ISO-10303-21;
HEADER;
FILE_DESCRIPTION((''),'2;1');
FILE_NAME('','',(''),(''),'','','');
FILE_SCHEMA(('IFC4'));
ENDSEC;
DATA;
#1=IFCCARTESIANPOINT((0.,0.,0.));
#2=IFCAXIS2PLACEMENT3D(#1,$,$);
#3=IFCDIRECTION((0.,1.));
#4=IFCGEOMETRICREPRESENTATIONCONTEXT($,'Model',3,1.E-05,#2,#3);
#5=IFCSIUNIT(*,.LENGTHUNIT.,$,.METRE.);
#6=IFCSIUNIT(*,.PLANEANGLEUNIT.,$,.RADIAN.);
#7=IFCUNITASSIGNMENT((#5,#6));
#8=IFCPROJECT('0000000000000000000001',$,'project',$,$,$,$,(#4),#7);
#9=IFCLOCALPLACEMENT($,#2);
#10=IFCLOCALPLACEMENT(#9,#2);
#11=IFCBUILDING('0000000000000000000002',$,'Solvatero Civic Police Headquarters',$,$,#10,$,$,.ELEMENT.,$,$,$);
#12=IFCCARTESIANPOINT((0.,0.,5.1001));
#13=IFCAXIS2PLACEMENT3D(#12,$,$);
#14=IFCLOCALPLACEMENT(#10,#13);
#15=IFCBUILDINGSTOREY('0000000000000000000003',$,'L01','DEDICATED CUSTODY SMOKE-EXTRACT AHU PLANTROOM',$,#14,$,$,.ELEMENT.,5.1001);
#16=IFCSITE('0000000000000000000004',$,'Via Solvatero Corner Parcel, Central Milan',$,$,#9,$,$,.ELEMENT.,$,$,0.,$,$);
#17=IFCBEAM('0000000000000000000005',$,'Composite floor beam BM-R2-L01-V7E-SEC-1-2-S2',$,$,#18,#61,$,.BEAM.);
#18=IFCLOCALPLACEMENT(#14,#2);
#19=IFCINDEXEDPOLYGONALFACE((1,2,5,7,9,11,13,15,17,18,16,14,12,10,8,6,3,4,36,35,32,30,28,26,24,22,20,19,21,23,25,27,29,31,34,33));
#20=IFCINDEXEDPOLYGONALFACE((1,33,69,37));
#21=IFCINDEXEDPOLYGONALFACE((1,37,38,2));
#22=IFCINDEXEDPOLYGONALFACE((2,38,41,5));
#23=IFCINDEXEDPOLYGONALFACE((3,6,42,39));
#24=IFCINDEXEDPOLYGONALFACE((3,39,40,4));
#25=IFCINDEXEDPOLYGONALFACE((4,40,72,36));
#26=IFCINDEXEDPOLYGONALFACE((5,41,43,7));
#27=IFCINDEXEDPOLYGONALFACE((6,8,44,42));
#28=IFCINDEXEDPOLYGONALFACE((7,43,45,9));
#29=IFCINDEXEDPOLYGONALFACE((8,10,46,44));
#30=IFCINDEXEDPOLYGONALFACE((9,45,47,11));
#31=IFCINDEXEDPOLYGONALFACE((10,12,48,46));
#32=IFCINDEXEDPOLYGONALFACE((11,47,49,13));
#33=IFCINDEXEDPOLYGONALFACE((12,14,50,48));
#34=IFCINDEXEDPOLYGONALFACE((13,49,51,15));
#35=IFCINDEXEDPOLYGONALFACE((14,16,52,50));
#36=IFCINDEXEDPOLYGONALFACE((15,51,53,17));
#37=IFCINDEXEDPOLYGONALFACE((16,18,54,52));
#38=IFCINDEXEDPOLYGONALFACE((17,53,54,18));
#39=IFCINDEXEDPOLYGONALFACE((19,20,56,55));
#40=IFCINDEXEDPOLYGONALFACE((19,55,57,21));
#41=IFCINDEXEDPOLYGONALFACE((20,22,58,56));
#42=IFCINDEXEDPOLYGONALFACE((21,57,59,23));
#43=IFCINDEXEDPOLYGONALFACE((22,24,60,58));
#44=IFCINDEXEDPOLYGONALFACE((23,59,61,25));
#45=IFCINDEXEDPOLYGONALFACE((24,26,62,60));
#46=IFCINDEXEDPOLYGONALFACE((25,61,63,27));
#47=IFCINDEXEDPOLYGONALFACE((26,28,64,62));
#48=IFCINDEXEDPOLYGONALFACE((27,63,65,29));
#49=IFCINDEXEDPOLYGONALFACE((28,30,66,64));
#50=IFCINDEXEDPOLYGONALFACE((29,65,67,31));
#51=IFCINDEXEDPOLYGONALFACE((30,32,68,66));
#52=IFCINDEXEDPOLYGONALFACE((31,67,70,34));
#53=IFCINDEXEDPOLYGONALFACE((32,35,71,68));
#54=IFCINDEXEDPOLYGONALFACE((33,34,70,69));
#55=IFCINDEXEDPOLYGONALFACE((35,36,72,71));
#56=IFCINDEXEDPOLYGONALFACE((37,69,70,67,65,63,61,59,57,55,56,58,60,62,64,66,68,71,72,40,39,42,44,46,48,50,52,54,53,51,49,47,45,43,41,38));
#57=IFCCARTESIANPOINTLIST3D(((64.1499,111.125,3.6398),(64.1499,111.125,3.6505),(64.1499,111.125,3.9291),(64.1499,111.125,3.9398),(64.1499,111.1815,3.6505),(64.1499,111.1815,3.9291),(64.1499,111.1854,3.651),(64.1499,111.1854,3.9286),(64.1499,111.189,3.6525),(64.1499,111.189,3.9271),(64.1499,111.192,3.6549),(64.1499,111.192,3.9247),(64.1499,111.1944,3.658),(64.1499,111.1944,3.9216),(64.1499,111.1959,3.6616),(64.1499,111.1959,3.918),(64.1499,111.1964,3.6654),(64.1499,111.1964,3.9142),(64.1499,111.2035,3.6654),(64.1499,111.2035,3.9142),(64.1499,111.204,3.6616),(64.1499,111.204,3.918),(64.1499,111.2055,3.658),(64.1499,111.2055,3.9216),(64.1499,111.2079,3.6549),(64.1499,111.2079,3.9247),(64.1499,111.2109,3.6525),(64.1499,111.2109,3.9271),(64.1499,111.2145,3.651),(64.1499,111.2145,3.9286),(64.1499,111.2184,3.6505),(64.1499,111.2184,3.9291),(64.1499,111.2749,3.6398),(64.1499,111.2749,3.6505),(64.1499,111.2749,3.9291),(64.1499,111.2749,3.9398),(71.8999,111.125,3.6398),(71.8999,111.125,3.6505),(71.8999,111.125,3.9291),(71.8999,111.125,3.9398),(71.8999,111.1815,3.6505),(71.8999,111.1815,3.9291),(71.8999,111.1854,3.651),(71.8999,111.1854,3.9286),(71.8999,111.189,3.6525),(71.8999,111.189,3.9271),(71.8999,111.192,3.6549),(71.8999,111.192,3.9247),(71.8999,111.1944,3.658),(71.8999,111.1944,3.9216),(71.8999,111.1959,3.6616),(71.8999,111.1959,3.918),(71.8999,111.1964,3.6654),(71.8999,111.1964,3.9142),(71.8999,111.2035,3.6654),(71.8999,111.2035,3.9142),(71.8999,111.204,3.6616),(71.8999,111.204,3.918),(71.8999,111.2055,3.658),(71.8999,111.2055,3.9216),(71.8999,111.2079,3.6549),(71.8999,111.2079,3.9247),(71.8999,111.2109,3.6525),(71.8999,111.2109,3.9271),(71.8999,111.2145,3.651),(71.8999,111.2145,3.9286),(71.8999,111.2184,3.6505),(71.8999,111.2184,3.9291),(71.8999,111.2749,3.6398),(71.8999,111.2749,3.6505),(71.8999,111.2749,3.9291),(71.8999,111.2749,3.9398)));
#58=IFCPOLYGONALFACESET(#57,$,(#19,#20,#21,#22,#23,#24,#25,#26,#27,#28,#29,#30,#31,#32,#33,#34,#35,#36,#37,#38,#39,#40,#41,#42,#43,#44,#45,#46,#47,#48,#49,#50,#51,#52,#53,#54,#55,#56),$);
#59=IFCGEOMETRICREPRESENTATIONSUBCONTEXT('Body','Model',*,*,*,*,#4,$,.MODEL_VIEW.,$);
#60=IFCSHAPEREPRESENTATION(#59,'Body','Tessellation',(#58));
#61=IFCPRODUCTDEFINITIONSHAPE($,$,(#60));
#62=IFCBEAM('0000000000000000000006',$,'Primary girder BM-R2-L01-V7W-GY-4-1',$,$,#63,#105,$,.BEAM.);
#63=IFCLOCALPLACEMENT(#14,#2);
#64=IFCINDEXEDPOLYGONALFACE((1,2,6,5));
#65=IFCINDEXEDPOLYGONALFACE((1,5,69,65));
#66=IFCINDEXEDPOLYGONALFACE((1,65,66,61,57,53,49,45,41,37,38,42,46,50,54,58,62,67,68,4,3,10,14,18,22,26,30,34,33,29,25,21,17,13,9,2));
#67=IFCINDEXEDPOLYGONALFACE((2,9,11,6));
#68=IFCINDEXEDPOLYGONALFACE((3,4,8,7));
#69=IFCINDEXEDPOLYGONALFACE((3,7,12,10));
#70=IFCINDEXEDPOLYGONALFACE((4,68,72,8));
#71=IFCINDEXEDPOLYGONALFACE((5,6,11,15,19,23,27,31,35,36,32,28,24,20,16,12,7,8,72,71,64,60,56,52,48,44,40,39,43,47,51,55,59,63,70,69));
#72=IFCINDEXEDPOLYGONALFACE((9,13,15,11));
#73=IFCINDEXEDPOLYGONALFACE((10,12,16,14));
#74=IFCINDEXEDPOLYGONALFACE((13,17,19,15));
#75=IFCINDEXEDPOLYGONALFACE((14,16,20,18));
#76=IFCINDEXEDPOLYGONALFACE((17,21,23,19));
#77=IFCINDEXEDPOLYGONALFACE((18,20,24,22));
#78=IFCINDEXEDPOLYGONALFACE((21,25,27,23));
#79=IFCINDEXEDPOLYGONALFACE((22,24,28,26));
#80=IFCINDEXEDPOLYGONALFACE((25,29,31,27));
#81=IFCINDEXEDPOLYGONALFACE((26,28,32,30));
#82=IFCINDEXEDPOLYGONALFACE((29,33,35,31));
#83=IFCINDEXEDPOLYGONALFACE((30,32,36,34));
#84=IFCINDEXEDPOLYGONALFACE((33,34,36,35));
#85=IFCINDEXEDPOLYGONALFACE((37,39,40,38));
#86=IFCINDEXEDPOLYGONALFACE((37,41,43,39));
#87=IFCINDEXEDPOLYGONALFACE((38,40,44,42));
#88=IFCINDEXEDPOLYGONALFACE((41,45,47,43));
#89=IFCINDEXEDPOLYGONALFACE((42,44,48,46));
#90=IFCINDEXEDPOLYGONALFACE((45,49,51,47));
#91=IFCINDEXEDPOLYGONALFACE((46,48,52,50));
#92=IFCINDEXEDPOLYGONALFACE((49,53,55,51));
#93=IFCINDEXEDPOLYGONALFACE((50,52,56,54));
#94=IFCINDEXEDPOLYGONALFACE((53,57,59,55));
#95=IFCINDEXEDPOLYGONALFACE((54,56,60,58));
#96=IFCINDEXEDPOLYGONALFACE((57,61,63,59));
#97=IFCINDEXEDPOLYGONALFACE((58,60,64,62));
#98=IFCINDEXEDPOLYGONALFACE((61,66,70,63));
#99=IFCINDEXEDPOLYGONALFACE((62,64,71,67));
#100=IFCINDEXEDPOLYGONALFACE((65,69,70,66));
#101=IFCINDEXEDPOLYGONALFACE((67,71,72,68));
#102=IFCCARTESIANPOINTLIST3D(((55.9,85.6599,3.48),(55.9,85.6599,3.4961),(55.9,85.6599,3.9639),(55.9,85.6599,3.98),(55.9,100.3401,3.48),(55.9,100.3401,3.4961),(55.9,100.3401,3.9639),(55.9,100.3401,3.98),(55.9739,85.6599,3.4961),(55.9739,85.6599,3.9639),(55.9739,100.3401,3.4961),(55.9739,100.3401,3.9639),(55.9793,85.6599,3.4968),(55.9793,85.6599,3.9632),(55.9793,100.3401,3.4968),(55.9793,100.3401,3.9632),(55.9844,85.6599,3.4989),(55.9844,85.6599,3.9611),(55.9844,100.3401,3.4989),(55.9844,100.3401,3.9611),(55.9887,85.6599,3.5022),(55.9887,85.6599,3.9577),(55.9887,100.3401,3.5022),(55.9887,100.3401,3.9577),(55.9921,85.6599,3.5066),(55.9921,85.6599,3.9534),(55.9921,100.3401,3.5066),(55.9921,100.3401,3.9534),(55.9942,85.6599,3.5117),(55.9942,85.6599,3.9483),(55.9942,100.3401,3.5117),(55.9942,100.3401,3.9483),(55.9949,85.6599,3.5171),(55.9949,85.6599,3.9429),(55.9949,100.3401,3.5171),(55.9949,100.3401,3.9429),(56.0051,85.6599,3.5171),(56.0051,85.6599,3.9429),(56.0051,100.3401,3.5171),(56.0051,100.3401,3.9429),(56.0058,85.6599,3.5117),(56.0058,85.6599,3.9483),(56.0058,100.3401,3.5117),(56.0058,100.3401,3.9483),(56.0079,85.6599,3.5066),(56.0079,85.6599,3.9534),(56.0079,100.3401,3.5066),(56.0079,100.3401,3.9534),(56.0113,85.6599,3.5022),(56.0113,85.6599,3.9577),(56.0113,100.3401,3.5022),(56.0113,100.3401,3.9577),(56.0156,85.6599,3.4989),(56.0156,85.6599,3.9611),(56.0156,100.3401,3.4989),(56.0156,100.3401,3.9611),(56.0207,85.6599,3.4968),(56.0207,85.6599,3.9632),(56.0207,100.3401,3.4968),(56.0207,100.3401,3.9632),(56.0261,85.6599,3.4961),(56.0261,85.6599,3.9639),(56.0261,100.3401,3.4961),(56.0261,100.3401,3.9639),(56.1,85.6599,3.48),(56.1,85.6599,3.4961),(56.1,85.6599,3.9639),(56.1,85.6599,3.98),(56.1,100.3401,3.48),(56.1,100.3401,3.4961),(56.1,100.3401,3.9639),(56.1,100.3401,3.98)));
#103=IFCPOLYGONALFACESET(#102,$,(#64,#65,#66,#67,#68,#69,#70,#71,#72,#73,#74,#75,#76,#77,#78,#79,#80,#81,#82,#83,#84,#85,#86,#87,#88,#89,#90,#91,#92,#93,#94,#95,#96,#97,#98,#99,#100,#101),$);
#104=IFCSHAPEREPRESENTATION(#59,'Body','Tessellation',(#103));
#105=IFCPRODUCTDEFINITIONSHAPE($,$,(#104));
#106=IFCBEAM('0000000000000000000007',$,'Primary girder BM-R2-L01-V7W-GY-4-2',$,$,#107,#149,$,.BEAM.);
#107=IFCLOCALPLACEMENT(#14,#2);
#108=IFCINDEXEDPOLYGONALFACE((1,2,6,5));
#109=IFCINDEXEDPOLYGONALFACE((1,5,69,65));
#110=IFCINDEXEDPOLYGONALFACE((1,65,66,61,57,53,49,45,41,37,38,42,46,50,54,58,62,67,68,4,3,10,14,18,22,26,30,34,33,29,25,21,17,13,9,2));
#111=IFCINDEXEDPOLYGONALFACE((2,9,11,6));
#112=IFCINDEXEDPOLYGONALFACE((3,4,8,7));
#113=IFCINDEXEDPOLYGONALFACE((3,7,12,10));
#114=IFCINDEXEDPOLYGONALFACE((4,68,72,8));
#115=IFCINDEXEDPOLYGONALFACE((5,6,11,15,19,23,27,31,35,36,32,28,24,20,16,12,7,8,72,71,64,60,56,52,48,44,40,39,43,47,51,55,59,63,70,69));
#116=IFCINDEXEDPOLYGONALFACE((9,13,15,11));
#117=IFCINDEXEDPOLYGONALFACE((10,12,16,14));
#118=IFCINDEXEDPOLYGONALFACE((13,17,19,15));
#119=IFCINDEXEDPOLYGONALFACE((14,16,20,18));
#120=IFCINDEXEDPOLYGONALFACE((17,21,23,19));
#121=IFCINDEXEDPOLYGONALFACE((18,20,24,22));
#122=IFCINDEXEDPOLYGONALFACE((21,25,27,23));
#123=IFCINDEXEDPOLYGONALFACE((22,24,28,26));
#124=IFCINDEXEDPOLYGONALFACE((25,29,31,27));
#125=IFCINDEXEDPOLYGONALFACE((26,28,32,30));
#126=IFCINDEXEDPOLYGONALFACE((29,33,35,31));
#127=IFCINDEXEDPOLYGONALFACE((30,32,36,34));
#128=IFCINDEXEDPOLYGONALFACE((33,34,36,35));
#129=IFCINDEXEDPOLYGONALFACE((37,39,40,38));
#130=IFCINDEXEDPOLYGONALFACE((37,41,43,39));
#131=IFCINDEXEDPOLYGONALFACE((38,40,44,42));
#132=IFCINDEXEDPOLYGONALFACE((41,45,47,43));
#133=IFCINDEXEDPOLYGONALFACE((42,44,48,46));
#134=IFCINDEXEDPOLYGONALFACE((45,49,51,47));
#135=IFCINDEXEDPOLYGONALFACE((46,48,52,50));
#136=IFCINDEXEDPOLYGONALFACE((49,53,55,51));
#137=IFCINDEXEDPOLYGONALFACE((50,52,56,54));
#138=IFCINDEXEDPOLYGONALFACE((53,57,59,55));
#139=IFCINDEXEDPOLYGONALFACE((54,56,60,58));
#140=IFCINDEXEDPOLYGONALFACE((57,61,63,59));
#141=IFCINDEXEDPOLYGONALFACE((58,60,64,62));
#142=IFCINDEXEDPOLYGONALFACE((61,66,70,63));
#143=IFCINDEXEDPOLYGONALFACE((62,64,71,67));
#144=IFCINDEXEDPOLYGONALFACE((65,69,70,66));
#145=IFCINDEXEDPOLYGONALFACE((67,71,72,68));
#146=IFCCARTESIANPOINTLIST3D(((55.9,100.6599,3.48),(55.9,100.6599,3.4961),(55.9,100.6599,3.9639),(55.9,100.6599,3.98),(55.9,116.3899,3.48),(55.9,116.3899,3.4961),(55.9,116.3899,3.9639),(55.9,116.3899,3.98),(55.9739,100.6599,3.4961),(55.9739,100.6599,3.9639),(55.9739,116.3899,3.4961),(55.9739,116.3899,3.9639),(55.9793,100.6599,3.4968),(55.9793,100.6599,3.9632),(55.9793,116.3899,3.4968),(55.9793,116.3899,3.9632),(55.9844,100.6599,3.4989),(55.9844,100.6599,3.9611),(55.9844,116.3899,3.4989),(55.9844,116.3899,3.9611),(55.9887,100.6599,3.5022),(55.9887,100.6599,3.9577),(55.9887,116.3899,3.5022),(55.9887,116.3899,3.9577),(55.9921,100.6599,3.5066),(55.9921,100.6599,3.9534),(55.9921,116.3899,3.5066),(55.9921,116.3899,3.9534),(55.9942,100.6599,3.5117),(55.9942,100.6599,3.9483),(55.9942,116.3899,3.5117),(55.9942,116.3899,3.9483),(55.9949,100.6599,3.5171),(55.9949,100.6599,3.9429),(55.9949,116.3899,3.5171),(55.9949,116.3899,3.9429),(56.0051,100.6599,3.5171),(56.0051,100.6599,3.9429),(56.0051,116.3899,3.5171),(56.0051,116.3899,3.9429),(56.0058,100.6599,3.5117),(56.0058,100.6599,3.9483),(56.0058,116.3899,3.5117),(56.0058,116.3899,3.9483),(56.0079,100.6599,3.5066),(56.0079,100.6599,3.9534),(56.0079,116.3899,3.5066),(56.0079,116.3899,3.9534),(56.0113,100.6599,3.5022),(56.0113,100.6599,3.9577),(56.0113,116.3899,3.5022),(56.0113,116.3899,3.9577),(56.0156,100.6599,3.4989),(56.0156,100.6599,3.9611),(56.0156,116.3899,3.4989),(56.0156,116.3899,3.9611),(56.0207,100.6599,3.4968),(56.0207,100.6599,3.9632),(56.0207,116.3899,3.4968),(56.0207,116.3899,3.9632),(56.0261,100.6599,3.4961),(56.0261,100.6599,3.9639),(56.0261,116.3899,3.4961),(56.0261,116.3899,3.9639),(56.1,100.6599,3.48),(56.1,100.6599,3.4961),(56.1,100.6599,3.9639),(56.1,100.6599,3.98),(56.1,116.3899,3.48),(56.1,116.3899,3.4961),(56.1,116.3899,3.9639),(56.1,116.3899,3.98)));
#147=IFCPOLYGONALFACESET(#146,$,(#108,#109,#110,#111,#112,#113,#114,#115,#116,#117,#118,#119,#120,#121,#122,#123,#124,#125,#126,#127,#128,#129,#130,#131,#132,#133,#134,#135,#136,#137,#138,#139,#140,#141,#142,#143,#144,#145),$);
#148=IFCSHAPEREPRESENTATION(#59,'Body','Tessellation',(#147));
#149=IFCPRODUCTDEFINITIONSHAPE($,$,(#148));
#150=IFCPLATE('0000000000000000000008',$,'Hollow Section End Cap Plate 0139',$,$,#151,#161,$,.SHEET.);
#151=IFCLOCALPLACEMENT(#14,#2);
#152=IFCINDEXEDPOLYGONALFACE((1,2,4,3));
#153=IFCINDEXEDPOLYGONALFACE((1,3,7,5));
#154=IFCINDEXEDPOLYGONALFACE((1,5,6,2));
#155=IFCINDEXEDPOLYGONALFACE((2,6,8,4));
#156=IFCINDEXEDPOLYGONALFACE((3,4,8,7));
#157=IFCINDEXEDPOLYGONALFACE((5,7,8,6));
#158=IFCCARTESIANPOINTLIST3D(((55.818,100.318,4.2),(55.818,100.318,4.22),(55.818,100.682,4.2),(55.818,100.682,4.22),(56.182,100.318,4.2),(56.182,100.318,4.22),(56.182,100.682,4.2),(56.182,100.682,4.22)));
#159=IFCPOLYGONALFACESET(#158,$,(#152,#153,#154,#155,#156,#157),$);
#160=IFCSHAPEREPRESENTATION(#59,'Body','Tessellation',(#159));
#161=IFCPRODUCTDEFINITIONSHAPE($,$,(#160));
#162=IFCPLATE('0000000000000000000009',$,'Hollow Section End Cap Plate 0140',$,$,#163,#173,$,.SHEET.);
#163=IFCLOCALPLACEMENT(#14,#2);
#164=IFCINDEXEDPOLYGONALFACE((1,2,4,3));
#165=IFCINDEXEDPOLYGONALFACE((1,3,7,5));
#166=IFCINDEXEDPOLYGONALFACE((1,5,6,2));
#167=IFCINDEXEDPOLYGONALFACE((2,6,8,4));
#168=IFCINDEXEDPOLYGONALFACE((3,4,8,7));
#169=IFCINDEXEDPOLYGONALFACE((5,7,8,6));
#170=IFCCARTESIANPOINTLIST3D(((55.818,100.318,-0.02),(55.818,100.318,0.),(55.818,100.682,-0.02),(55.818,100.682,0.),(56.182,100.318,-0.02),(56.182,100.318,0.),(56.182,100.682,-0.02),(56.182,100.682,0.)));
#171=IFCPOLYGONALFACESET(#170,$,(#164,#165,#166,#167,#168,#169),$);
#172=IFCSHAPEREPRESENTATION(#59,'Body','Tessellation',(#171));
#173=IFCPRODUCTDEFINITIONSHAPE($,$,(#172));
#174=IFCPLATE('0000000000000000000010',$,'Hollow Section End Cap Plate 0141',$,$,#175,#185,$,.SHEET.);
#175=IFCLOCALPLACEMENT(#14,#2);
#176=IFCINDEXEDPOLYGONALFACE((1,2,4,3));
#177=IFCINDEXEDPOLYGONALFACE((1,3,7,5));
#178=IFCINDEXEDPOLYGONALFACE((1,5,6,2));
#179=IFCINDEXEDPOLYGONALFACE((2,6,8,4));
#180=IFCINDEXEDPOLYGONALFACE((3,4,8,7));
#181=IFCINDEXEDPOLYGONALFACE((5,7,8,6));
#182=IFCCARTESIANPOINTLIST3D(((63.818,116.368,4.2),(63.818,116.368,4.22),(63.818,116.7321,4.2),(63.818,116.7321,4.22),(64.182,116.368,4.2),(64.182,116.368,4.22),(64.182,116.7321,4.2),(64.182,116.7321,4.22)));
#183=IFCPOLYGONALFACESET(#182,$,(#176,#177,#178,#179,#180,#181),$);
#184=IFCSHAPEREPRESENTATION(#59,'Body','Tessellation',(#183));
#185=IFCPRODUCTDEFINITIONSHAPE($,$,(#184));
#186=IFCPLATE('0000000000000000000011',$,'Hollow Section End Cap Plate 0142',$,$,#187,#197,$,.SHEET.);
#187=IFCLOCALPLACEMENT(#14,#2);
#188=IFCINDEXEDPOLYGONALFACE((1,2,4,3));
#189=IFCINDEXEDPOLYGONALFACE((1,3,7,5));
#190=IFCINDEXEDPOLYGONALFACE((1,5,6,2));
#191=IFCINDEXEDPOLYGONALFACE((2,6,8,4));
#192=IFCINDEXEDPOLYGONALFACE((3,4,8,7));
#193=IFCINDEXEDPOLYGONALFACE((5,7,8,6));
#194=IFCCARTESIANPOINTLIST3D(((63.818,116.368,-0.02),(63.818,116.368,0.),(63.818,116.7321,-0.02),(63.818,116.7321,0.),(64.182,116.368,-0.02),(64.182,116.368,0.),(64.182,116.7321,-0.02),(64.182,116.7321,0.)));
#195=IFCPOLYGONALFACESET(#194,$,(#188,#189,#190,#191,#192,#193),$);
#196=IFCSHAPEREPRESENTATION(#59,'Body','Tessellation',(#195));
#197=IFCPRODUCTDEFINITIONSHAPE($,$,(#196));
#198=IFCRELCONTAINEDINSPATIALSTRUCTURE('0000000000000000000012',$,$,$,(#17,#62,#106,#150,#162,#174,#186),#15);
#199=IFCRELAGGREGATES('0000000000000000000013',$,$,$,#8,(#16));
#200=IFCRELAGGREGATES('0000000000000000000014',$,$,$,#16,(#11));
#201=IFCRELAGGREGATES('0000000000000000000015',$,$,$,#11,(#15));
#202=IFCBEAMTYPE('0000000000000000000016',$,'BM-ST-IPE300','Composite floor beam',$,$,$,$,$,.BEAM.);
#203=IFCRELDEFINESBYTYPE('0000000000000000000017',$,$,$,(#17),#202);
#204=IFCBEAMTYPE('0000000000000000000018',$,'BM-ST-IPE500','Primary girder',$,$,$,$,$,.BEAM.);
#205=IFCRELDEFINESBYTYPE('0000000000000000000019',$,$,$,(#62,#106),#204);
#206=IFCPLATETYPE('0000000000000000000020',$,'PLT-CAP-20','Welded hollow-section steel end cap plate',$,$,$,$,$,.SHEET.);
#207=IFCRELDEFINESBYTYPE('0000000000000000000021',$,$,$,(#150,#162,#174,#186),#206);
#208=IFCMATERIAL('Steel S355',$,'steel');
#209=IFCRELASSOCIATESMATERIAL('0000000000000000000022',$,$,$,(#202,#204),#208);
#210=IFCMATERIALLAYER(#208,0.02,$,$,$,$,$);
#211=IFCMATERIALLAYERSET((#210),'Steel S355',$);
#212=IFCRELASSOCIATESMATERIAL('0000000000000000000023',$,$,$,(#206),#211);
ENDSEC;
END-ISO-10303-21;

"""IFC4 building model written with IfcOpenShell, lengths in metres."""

from ifc_helpers import new_model, si_unit, direction, frame, origin, origin_2d, place, context, subcontext, project, spatial, rectangle, i_section, extrude, material, layer, layer_set, material_profile, profile_set, type_object, element, save


model = new_model("IFC4")

# Units and contexts
model_context = context("Model", 3, precision=1e-05, world=origin(), true_north=direction((0.0, 1.0)))
body_context = subcontext(model_context, "Body", "Model", "MODEL_VIEW")
ifc_project = project(units=[si_unit("LENGTHUNIT", "METRE"), si_unit("PLANEANGLEUNIT", "RADIAN")], contexts=[model_context])

# Site, building, storey
site_placement = place(None, origin())
site = spatial("IfcSite", under=ifc_project, at=site_placement, Name="Via Solvatero Corner Parcel, Central Milan", CompositionType="ELEMENT", RefElevation=0.0)
building_placement = place(site_placement, origin())
building = spatial("IfcBuilding", under=site, at=building_placement, Name="Solvatero Civic Police Headquarters", CompositionType="ELEMENT")
storey_placement = place(building_placement, frame((0.0, 0.0, 5.1001)))
storey = spatial("IfcBuildingStorey", under=building, at=storey_placement, Name="L01", Description="DEDICATED CUSTODY SMOKE-EXTRACT AHU PLANTROOM", CompositionType="ELEMENT", Elevation=5.1001)

# Shared definitions
ifc_material_1 = material(Name="Steel S355", Category="steel")

# Beams
ifc_material_profile_1 = material_profile(ifc_material_1, i_section(OverallWidth=0.1499, OverallDepth=0.3, WebThickness=0.0071, FlangeThickness=0.0107, FilletRadius=0.0149, at=origin_2d()), Name="IPE 300")
ifc_profile_set_1 = profile_set([ifc_material_profile_1], Name="Steel S355")
beam_type_1 = type_object("IfcBeamType", Name="BM-ST-IPE300", Description="Composite floor beam", PredefinedType="BEAM", material=ifc_profile_set_1)
for number, where, z_axis, x_axis, name in (
    (1, (64.1499, 111.2, 3.7898), (1.0, 0.0, 0.0), (0.0, 1.0, 0.0), "Composite floor beam BM-R2-L01-V7E-SEC-1-2-S2"),
):
    element("IfcBeam", number, at=place(storey_placement, frame(where, z_axis=z_axis, x_axis=x_axis)), inside=storey, type_object=beam_type_1, Name=name, PredefinedType="BEAM", context=body_context, shape_type="SweptSolid", body=[
        extrude(i_section(OverallWidth=0.1499, OverallDepth=0.3, WebThickness=0.0071, FlangeThickness=0.0107, FilletRadius=0.0149, at=origin_2d()), origin(), (0.0, 0.0, 1.0), 7.75),
    ])
ifc_material_profile_2 = material_profile(ifc_material_1, i_section(OverallWidth=0.2, OverallDepth=0.5, WebThickness=0.0103, FlangeThickness=0.0161, FilletRadius=0.021, at=origin_2d()), Name="IPE 500")
ifc_profile_set_2 = profile_set([ifc_material_profile_2], Name="Steel S355")
beam_type_2 = type_object("IfcBeamType", Name="BM-ST-IPE500", Description="Primary girder", PredefinedType="BEAM", material=ifc_profile_set_2)
beam_1_placement = place(storey_placement, frame((56.0, 85.6599, 3.73), z_axis=(0.0, 1.0, 0.0), x_axis=(-1.0, 0.0, 0.0)))
element("IfcBeam", 2, at=beam_1_placement, inside=storey, type_object=beam_type_2, Name="Primary girder BM-R2-L01-V7W-GY-4-1", PredefinedType="BEAM", context=body_context, shape_type="SweptSolid", body=[
    extrude(i_section(OverallWidth=0.2, OverallDepth=0.5, WebThickness=0.0103, FlangeThickness=0.0161, FilletRadius=0.021, at=origin_2d()), origin(), (0.0, 0.0, 1.0), 14.6802),
])
beam_2_placement = place(storey_placement, frame((56.0, 100.6599, 3.73), z_axis=(0.0, 1.0, 0.0), x_axis=(-1.0, 0.0, 0.0)))
element("IfcBeam", 3, at=beam_2_placement, inside=storey, type_object=beam_type_2, Name="Primary girder BM-R2-L01-V7W-GY-4-2", PredefinedType="BEAM", context=body_context, shape_type="SweptSolid", body=[
    extrude(i_section(OverallWidth=0.2, OverallDepth=0.5, WebThickness=0.0103, FlangeThickness=0.0161, FilletRadius=0.021, at=origin_2d()), origin(), (0.0, 0.0, 1.0), 15.73),
])

# Plates
ifc_layer_1 = layer(ifc_material_1, 0.02)
ifc_layer_set_1 = layer_set([ifc_layer_1], Name="Steel S355")
plate_type = type_object("IfcPlateType", Name="PLT-CAP-20", Description="Welded hollow-section steel end cap plate", PredefinedType="SHEET", material=ifc_layer_set_1)
for number, where, z_axis, x_axis, name in (
    (4, (56.0, 100.5, 4.2), (0.0, 0.0, 1.0), (1.0, 0.0, 0.0), "Hollow Section End Cap Plate 0139"),
    (5, (56.0, 100.5, -0.02), (0.0, 0.0, 1.0), (1.0, 0.0, 0.0), "Hollow Section End Cap Plate 0140"),
    (6, (64.0, 116.55, 4.2), (0.0, 0.0, 1.0), (1.0, 0.0, 0.0), "Hollow Section End Cap Plate 0141"),
    (7, (64.0, 116.55, -0.02), (0.0, 0.0, 1.0), (1.0, 0.0, 0.0), "Hollow Section End Cap Plate 0142"),
):
    element("IfcPlate", number, at=place(storey_placement, frame(where, z_axis=z_axis, x_axis=x_axis)), inside=storey, type_object=plate_type, Name=name, PredefinedType="SHEET", context=body_context, shape_type="SweptSolid", body=[
        extrude(rectangle(XDim=0.364, YDim=0.364, at=origin_2d()), origin(), (0.0, 0.0, 1.0), 0.02),
    ])

save(model, "model.ifc")
